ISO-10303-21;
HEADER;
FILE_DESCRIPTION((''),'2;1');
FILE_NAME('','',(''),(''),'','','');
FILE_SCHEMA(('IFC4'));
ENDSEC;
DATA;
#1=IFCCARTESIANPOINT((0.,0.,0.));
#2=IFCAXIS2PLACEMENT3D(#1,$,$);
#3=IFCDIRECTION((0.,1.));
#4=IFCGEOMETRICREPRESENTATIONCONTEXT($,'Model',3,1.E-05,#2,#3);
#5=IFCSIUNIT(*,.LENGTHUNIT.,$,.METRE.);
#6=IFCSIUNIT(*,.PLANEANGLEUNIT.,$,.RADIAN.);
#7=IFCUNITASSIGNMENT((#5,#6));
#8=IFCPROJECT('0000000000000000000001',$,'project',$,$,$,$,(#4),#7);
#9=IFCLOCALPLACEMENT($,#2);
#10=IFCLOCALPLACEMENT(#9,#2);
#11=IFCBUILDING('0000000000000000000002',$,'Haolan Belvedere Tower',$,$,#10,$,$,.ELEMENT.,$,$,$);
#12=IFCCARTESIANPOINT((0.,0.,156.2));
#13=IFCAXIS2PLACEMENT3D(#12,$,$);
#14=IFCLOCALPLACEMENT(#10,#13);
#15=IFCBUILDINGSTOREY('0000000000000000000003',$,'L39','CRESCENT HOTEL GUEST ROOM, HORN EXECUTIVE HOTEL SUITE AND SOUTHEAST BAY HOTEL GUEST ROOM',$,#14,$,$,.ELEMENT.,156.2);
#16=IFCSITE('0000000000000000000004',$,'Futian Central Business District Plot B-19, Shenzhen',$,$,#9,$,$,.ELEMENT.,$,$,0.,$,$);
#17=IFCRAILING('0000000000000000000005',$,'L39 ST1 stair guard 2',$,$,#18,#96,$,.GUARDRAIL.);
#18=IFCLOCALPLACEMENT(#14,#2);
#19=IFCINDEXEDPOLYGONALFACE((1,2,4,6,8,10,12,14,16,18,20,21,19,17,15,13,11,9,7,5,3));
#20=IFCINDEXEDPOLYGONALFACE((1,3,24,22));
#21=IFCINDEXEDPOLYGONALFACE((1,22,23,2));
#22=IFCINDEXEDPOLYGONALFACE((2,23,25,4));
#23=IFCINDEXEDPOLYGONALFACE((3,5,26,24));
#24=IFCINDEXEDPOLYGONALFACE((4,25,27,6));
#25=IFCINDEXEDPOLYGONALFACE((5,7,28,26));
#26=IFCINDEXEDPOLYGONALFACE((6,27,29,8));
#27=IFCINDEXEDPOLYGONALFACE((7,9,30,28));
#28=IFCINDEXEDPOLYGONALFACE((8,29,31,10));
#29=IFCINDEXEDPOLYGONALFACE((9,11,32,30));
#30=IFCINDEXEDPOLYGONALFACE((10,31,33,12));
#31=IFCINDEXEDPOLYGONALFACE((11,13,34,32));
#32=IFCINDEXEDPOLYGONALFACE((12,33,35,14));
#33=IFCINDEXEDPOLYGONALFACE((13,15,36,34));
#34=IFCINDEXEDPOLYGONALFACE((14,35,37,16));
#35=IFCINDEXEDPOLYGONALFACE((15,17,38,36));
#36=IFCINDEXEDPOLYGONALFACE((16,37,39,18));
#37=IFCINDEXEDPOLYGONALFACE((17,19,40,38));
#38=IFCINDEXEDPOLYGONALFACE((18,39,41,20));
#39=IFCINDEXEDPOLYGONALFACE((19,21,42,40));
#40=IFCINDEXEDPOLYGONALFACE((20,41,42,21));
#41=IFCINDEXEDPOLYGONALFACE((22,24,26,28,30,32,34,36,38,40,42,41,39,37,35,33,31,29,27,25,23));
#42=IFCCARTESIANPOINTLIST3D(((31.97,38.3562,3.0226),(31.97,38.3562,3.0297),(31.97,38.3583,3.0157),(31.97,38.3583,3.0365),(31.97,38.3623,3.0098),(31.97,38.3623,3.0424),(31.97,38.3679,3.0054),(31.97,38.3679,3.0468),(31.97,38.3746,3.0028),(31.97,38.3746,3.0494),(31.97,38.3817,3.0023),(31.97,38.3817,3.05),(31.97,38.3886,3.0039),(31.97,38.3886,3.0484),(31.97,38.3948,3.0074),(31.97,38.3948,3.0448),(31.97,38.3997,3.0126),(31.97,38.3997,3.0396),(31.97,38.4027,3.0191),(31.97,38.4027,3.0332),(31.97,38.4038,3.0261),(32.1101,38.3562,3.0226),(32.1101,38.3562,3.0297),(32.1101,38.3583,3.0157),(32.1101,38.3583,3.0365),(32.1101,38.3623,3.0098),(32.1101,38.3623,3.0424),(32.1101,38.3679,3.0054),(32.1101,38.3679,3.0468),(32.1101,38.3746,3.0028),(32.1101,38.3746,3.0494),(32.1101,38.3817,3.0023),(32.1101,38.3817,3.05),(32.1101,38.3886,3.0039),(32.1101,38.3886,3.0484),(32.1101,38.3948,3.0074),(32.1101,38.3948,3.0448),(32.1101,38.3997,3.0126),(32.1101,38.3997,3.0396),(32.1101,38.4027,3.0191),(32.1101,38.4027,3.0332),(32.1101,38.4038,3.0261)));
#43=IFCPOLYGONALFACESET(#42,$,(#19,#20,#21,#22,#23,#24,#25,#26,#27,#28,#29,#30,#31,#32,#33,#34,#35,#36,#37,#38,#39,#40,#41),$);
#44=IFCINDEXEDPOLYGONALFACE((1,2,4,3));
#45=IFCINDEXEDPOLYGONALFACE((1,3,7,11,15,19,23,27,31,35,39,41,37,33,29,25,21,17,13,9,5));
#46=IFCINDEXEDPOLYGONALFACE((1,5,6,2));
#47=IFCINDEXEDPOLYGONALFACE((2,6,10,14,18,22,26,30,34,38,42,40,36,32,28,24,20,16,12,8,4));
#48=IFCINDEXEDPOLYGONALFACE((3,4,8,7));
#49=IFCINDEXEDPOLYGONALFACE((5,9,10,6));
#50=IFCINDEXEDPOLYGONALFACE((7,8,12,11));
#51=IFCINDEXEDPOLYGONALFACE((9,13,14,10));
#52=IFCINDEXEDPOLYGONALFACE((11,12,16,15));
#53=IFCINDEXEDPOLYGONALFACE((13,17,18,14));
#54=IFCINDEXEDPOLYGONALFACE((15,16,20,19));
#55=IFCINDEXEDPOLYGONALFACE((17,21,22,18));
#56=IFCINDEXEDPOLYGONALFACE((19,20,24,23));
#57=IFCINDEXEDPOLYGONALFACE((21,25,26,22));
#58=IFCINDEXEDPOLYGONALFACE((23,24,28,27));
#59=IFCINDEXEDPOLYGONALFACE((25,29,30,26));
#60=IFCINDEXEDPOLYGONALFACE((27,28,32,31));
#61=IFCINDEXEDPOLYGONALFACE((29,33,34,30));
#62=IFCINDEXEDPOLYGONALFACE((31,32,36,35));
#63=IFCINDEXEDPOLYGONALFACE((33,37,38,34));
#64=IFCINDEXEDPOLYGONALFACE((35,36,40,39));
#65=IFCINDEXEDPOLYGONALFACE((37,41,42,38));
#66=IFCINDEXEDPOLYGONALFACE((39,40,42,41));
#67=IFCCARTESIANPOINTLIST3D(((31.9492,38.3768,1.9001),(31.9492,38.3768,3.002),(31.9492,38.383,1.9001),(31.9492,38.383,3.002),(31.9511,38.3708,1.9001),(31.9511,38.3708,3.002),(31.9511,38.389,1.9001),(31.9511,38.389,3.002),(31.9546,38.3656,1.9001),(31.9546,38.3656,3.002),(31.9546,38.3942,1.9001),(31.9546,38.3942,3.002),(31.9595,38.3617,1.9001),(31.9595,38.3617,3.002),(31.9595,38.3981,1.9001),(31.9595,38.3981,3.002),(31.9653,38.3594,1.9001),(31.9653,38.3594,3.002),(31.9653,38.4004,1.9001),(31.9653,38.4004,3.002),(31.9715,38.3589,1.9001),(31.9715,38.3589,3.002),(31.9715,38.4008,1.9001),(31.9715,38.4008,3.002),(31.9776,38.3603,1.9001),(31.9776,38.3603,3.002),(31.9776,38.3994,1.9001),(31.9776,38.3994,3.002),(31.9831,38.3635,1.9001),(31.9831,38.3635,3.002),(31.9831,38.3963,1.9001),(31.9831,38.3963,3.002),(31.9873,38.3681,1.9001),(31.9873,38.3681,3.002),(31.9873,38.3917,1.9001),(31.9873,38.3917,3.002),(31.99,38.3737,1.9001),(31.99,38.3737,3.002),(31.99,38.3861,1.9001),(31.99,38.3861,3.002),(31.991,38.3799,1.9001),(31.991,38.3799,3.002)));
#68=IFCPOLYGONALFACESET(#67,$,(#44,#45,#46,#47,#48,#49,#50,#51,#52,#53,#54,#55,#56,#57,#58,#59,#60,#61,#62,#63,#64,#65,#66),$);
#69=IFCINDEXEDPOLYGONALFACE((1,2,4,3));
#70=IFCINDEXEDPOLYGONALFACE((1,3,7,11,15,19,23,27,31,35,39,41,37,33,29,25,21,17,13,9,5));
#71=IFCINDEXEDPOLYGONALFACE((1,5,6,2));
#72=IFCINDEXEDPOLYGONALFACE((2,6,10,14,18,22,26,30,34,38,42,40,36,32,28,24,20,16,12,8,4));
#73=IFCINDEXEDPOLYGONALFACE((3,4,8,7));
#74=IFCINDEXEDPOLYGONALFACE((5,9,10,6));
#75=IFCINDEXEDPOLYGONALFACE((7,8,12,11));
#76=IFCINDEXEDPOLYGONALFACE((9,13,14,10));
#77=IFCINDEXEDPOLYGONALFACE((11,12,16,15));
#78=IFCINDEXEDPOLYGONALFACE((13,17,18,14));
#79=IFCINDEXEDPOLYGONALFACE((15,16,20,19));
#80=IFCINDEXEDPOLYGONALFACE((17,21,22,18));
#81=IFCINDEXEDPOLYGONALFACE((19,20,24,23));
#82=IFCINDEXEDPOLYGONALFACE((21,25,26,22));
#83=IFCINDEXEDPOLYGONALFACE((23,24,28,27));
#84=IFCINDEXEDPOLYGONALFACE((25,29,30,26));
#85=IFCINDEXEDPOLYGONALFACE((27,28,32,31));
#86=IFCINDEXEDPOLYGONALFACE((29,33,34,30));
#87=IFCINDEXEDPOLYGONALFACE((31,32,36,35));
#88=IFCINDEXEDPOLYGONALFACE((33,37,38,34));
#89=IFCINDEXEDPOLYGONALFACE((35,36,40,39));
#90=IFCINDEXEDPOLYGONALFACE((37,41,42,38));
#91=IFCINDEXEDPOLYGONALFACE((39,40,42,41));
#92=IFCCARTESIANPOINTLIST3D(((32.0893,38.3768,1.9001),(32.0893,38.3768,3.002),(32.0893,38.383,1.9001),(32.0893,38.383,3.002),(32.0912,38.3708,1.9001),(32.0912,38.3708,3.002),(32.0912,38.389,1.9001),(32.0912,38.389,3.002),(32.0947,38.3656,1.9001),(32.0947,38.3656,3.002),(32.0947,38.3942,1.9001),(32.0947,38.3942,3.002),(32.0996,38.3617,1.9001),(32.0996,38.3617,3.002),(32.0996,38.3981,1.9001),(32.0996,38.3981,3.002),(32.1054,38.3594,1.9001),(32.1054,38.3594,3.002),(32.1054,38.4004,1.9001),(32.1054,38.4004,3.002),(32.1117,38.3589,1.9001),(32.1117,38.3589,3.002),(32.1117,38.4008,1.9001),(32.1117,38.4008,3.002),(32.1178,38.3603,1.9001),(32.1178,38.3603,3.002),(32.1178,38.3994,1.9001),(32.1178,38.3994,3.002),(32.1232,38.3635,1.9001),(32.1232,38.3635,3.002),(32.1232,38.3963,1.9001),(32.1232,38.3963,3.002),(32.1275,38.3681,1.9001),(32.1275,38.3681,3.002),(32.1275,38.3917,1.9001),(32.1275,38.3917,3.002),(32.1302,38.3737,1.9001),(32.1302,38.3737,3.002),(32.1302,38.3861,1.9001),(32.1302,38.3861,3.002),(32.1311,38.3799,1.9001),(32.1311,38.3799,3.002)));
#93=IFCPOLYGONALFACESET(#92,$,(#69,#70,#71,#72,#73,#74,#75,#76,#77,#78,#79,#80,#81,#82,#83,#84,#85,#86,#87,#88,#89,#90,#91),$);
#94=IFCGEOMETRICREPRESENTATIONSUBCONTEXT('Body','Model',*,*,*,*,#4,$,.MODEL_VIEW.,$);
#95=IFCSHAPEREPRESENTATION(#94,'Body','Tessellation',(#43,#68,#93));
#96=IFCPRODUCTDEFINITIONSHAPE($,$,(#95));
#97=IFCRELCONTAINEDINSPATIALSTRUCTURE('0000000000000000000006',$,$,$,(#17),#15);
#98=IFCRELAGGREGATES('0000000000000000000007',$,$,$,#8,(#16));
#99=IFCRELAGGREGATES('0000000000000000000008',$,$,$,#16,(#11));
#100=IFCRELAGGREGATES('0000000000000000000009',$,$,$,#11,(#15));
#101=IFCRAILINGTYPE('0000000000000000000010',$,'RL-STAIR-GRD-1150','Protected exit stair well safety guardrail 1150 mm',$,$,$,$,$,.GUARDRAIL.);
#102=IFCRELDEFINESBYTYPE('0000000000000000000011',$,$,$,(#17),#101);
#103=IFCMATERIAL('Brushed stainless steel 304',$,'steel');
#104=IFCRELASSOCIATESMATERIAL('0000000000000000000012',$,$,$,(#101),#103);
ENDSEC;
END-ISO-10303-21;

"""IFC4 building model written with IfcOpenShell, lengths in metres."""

from ifc_helpers import new_model, si_unit, direction, frame, origin, origin_2d, place, context, subcontext, project, spatial, circle, extrude, material, type_object, element, save


model = new_model("IFC4")

# Units and contexts
model_context = context("Model", 3, precision=1e-05, world=origin(), true_north=direction((0.0, 1.0)))
body_context = subcontext(model_context, "Body", "Model", "MODEL_VIEW")
ifc_project = project(units=[si_unit("LENGTHUNIT", "METRE"), si_unit("PLANEANGLEUNIT", "RADIAN")], contexts=[model_context])

# Site, building, storey
site_placement = place(None, origin())
site = spatial("IfcSite", under=ifc_project, at=site_placement, Name="Futian Central Business District Plot B-19, Shenzhen", CompositionType="ELEMENT", RefElevation=0.0)
building_placement = place(site_placement, origin())
building = spatial("IfcBuilding", under=site, at=building_placement, Name="Haolan Belvedere Tower", CompositionType="ELEMENT")
storey_placement = place(building_placement, frame((0.0, 0.0, 156.2)))
storey = spatial("IfcBuildingStorey", under=building, at=storey_placement, Name="L39", Description="CRESCENT HOTEL GUEST ROOM, HORN EXECUTIVE HOTEL SUITE AND SOUTHEAST BAY HOTEL GUEST ROOM", CompositionType="ELEMENT", Elevation=156.2)

# Railing
ifc_material_1 = material(Name="Brushed stainless steel 304", Category="steel")
railing_type_1 = type_object("IfcRailingType", Name="RL-STAIR-GRD-1150", Description="Protected exit stair well safety guardrail 1150 mm", PredefinedType="GUARDRAIL", material=ifc_material_1)
railing_1_placement = place(storey_placement, frame((31.97, 38.3799, 1.9001)))
element("IfcRailing", 1, at=railing_1_placement, inside=storey, type_object=railing_type_1, Name="L39 ST1 stair guard 2", PredefinedType="GUARDRAIL", context=body_context, shape_type="SweptSolid", body=[
    extrude(circle(Radius=0.0239, at=origin_2d()), frame((0.0, 0.0, 1.126), z_axis=(1.0, 0.0, 0.0), x_axis=(0.0, 1.0, 0.0)), (0.0, 0.0, 1.0), 0.1401),
    extrude(circle(Radius=0.021, at=origin_2d()), origin(), (0.0, 0.0, 1.0), 1.1018),
    extrude(circle(Radius=0.021, at=origin_2d()), frame((0.1401, 0.0, 0.0)), (0.0, 0.0, 1.0), 1.1018),
])

save(model, "model.ifc")
